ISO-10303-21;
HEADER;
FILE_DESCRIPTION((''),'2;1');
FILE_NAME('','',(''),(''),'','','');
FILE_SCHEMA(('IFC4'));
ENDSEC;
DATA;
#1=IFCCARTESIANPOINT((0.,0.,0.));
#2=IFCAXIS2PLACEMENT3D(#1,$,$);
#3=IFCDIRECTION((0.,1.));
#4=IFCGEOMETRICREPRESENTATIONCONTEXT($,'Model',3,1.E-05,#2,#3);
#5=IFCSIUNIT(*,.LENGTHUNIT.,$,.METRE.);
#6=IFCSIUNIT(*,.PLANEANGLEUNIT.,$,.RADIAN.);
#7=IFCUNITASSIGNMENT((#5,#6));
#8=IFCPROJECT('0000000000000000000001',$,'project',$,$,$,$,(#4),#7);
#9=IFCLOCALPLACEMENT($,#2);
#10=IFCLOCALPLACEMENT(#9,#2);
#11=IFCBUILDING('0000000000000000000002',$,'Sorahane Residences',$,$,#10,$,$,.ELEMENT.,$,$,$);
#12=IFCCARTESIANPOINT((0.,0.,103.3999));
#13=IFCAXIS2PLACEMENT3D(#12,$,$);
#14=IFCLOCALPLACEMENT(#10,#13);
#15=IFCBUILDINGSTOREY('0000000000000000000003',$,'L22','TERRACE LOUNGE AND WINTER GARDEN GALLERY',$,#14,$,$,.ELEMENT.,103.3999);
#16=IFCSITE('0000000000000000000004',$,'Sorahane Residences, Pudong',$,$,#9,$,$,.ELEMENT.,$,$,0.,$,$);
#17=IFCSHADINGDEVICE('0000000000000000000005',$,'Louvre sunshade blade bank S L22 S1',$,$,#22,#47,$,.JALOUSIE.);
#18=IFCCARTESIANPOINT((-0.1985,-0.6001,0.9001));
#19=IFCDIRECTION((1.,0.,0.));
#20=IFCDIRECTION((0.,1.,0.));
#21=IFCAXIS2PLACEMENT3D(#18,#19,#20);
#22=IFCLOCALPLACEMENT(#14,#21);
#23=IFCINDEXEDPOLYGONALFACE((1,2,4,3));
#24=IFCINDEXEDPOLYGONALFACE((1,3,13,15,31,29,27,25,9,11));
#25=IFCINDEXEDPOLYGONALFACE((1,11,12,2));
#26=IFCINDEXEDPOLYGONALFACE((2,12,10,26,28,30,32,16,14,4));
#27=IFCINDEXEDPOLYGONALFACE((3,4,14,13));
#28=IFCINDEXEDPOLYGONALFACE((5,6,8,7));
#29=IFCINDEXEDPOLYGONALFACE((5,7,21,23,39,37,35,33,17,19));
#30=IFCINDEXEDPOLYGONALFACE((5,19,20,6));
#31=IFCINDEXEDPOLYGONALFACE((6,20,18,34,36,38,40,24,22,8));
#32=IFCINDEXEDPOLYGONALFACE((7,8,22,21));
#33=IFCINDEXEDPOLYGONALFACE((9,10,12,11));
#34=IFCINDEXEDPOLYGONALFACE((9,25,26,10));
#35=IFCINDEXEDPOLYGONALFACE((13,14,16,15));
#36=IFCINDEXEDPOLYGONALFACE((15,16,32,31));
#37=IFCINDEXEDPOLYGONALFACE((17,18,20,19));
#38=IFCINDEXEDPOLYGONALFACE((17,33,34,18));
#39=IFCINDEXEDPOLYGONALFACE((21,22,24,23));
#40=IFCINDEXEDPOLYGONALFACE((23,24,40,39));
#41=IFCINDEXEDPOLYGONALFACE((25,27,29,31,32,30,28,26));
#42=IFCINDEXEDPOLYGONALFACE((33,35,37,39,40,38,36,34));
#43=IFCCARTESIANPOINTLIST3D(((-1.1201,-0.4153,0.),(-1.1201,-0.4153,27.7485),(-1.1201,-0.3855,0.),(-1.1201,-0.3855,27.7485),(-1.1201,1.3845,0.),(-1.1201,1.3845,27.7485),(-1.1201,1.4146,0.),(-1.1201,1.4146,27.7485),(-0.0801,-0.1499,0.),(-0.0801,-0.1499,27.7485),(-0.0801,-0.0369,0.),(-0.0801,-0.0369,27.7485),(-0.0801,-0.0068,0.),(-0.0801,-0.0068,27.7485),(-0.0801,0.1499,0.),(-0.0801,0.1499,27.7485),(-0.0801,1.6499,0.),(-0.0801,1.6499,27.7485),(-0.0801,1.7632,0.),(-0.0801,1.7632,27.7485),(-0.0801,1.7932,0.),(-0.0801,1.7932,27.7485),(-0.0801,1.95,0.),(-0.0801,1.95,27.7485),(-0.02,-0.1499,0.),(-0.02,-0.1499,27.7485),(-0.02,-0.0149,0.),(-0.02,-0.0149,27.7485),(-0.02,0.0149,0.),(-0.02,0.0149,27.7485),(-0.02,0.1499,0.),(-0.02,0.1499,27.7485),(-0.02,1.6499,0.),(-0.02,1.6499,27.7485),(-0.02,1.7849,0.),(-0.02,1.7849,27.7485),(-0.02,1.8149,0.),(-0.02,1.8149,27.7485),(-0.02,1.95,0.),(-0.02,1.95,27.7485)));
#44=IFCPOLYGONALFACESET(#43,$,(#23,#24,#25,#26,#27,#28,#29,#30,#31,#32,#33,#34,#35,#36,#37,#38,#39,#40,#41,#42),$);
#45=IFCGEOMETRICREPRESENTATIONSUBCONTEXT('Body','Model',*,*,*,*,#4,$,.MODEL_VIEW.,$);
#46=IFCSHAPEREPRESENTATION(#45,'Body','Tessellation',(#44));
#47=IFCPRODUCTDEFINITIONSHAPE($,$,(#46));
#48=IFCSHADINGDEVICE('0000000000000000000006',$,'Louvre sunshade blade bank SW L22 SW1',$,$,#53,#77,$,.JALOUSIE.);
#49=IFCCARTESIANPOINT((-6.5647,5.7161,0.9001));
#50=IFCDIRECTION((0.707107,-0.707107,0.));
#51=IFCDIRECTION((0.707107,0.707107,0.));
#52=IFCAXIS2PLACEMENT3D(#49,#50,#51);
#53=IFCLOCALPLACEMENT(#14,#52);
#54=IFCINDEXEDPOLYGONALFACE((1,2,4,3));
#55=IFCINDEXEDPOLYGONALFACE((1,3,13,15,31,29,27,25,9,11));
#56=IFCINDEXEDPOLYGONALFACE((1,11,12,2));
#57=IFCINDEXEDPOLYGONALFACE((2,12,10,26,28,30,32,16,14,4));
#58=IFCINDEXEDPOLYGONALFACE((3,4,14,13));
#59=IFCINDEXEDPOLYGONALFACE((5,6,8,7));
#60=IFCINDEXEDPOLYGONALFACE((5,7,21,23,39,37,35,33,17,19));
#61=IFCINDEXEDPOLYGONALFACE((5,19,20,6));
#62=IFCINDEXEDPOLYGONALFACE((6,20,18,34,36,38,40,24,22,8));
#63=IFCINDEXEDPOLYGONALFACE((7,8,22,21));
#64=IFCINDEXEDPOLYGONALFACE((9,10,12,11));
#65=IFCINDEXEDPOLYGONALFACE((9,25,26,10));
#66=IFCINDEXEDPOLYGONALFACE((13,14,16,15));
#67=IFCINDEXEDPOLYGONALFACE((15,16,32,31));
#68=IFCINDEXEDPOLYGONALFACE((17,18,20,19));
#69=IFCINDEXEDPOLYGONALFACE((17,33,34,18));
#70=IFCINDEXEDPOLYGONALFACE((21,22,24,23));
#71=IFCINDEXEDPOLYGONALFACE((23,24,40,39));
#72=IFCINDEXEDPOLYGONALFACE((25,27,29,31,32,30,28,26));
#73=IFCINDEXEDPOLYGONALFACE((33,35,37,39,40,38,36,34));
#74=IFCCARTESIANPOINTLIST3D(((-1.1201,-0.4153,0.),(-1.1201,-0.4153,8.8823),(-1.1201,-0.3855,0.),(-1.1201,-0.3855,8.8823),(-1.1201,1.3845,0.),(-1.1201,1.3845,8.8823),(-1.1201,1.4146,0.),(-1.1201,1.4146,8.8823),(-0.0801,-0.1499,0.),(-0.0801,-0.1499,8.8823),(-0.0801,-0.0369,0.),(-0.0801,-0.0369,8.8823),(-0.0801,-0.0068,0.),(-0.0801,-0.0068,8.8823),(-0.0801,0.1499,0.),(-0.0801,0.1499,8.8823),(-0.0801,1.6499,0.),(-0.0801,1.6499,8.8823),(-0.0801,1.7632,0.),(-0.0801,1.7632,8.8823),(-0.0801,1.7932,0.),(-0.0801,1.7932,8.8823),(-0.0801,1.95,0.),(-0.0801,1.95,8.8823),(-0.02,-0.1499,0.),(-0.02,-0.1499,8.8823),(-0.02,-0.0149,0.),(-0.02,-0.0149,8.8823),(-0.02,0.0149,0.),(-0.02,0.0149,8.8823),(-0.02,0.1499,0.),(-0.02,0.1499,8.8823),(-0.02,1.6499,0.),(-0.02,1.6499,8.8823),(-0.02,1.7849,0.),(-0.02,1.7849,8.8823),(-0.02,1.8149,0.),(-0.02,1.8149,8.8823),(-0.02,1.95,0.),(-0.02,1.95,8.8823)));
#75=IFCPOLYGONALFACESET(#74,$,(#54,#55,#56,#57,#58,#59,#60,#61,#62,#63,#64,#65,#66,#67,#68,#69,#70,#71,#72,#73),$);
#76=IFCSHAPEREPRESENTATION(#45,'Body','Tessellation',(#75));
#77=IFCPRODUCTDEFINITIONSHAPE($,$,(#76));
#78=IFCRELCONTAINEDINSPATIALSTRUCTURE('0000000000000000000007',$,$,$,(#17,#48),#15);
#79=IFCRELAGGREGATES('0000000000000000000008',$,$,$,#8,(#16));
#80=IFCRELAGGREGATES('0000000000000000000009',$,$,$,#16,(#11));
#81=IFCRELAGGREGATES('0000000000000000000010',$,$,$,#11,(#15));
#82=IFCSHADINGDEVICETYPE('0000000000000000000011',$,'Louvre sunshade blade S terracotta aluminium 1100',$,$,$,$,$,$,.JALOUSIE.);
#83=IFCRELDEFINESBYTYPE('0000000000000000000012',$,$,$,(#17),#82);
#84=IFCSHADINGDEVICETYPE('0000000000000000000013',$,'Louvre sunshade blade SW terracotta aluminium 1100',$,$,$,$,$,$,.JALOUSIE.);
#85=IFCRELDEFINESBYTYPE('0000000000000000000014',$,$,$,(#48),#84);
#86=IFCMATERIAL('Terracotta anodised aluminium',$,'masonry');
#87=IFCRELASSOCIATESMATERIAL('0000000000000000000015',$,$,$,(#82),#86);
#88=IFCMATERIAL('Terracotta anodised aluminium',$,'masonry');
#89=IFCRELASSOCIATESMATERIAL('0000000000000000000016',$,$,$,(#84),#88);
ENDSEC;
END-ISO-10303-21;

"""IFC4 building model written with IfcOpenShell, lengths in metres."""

from ifc_helpers import new_model, si_unit, direction, frame, origin, place, context, subcontext, project, spatial, polyline, outline, composite_profile, extrude, material, type_object, element, save


model = new_model("IFC4")

# Units and contexts
model_context = context("Model", 3, precision=1e-05, world=origin(), true_north=direction((0.0, 1.0)))
body_context = subcontext(model_context, "Body", "Model", "MODEL_VIEW")
ifc_project = project(units=[si_unit("LENGTHUNIT", "METRE"), si_unit("PLANEANGLEUNIT", "RADIAN")], contexts=[model_context])

# Site, building, storey
site_placement = place(None, origin())
site = spatial("IfcSite", under=ifc_project, at=site_placement, Name="Sorahane Residences, Pudong", CompositionType="ELEMENT", RefElevation=0.0)
building_placement = place(site_placement, origin())
building = spatial("IfcBuilding", under=site, at=building_placement, Name="Sorahane Residences", CompositionType="ELEMENT")
storey_placement = place(building_placement, frame((0.0, 0.0, 103.3999)))
storey = spatial("IfcBuildingStorey", under=building, at=storey_placement, Name="L22", Description="TERRACE LOUNGE AND WINTER GARDEN GALLERY", CompositionType="ELEMENT", Elevation=103.3999)

# Shading devices
ifc_material_1 = material(Name="Terracotta anodised aluminium", Category="masonry")
shading_device_type_1 = type_object("IfcShadingDeviceType", Name="Louvre sunshade blade S terracotta aluminium 1100", PredefinedType="JALOUSIE", material=ifc_material_1)
shading_device_1_placement = place(storey_placement, frame((-0.1985, -0.6001, 0.9001), z_axis=(1.0, 0.0, 0.0), x_axis=(0.0, 1.0, 0.0)))
element("IfcShadingDevice", 1, at=shading_device_1_placement, inside=storey, type_object=shading_device_type_1, Name="Louvre sunshade blade bank S L22 S1", PredefinedType="JALOUSIE", context=body_context, shape_type="SweptSolid", body=[
    extrude(composite_profile([outline(polyline([(-1.1201, -0.3855), (-1.1201, -0.4153), (-0.0801, -0.0369), (-0.0801, -0.1499), (-0.02, -0.1499), (-0.02, -0.0149), (-0.02, 0.0149), (-0.02, 0.1499), (-0.0801, 0.1499), (-0.0801, -0.0068), (-1.1201, -0.3855)])), outline(polyline([(-1.1201, 1.4146), (-1.1201, 1.3845), (-0.0801, 1.7632), (-0.0801, 1.6499), (-0.02, 1.6499), (-0.02, 1.7849), (-0.02, 1.8149), (-0.02, 1.95), (-0.0801, 1.95), (-0.0801, 1.7932), (-1.1201, 1.4146)]))]), origin(), (0.0, 0.0, 1.0), 27.7485),
])
ifc_material_2 = material(Name="Terracotta anodised aluminium", Category="masonry")
shading_device_type_2 = type_object("IfcShadingDeviceType", Name="Louvre sunshade blade SW terracotta aluminium 1100", PredefinedType="JALOUSIE", material=ifc_material_2)
shading_device_2_placement = place(storey_placement, frame((-6.5647, 5.7161, 0.9001), z_axis=(0.707107, -0.707107, 0.0), x_axis=(0.707107, 0.707107, 0.0)))
element("IfcShadingDevice", 2, at=shading_device_2_placement, inside=storey, type_object=shading_device_type_2, Name="Louvre sunshade blade bank SW L22 SW1", PredefinedType="JALOUSIE", context=body_context, shape_type="SweptSolid", body=[
    extrude(composite_profile([outline(polyline([(-1.1201, -0.3855), (-1.1201, -0.4153), (-0.0801, -0.0369), (-0.0801, -0.1499), (-0.02, -0.1499), (-0.02, -0.0149), (-0.02, 0.0149), (-0.02, 0.1499), (-0.0801, 0.1499), (-0.0801, -0.0068), (-1.1201, -0.3855)])), outline(polyline([(-1.1201, 1.4146), (-1.1201, 1.3845), (-0.0801, 1.7632), (-0.0801, 1.6499), (-0.02, 1.6499), (-0.02, 1.7849), (-0.02, 1.8149), (-0.02, 1.95), (-0.0801, 1.95), (-0.0801, 1.7932), (-1.1201, 1.4146)]))]), origin(), (0.0, 0.0, 1.0), 8.8823),
])

save(model, "model.ifc")
